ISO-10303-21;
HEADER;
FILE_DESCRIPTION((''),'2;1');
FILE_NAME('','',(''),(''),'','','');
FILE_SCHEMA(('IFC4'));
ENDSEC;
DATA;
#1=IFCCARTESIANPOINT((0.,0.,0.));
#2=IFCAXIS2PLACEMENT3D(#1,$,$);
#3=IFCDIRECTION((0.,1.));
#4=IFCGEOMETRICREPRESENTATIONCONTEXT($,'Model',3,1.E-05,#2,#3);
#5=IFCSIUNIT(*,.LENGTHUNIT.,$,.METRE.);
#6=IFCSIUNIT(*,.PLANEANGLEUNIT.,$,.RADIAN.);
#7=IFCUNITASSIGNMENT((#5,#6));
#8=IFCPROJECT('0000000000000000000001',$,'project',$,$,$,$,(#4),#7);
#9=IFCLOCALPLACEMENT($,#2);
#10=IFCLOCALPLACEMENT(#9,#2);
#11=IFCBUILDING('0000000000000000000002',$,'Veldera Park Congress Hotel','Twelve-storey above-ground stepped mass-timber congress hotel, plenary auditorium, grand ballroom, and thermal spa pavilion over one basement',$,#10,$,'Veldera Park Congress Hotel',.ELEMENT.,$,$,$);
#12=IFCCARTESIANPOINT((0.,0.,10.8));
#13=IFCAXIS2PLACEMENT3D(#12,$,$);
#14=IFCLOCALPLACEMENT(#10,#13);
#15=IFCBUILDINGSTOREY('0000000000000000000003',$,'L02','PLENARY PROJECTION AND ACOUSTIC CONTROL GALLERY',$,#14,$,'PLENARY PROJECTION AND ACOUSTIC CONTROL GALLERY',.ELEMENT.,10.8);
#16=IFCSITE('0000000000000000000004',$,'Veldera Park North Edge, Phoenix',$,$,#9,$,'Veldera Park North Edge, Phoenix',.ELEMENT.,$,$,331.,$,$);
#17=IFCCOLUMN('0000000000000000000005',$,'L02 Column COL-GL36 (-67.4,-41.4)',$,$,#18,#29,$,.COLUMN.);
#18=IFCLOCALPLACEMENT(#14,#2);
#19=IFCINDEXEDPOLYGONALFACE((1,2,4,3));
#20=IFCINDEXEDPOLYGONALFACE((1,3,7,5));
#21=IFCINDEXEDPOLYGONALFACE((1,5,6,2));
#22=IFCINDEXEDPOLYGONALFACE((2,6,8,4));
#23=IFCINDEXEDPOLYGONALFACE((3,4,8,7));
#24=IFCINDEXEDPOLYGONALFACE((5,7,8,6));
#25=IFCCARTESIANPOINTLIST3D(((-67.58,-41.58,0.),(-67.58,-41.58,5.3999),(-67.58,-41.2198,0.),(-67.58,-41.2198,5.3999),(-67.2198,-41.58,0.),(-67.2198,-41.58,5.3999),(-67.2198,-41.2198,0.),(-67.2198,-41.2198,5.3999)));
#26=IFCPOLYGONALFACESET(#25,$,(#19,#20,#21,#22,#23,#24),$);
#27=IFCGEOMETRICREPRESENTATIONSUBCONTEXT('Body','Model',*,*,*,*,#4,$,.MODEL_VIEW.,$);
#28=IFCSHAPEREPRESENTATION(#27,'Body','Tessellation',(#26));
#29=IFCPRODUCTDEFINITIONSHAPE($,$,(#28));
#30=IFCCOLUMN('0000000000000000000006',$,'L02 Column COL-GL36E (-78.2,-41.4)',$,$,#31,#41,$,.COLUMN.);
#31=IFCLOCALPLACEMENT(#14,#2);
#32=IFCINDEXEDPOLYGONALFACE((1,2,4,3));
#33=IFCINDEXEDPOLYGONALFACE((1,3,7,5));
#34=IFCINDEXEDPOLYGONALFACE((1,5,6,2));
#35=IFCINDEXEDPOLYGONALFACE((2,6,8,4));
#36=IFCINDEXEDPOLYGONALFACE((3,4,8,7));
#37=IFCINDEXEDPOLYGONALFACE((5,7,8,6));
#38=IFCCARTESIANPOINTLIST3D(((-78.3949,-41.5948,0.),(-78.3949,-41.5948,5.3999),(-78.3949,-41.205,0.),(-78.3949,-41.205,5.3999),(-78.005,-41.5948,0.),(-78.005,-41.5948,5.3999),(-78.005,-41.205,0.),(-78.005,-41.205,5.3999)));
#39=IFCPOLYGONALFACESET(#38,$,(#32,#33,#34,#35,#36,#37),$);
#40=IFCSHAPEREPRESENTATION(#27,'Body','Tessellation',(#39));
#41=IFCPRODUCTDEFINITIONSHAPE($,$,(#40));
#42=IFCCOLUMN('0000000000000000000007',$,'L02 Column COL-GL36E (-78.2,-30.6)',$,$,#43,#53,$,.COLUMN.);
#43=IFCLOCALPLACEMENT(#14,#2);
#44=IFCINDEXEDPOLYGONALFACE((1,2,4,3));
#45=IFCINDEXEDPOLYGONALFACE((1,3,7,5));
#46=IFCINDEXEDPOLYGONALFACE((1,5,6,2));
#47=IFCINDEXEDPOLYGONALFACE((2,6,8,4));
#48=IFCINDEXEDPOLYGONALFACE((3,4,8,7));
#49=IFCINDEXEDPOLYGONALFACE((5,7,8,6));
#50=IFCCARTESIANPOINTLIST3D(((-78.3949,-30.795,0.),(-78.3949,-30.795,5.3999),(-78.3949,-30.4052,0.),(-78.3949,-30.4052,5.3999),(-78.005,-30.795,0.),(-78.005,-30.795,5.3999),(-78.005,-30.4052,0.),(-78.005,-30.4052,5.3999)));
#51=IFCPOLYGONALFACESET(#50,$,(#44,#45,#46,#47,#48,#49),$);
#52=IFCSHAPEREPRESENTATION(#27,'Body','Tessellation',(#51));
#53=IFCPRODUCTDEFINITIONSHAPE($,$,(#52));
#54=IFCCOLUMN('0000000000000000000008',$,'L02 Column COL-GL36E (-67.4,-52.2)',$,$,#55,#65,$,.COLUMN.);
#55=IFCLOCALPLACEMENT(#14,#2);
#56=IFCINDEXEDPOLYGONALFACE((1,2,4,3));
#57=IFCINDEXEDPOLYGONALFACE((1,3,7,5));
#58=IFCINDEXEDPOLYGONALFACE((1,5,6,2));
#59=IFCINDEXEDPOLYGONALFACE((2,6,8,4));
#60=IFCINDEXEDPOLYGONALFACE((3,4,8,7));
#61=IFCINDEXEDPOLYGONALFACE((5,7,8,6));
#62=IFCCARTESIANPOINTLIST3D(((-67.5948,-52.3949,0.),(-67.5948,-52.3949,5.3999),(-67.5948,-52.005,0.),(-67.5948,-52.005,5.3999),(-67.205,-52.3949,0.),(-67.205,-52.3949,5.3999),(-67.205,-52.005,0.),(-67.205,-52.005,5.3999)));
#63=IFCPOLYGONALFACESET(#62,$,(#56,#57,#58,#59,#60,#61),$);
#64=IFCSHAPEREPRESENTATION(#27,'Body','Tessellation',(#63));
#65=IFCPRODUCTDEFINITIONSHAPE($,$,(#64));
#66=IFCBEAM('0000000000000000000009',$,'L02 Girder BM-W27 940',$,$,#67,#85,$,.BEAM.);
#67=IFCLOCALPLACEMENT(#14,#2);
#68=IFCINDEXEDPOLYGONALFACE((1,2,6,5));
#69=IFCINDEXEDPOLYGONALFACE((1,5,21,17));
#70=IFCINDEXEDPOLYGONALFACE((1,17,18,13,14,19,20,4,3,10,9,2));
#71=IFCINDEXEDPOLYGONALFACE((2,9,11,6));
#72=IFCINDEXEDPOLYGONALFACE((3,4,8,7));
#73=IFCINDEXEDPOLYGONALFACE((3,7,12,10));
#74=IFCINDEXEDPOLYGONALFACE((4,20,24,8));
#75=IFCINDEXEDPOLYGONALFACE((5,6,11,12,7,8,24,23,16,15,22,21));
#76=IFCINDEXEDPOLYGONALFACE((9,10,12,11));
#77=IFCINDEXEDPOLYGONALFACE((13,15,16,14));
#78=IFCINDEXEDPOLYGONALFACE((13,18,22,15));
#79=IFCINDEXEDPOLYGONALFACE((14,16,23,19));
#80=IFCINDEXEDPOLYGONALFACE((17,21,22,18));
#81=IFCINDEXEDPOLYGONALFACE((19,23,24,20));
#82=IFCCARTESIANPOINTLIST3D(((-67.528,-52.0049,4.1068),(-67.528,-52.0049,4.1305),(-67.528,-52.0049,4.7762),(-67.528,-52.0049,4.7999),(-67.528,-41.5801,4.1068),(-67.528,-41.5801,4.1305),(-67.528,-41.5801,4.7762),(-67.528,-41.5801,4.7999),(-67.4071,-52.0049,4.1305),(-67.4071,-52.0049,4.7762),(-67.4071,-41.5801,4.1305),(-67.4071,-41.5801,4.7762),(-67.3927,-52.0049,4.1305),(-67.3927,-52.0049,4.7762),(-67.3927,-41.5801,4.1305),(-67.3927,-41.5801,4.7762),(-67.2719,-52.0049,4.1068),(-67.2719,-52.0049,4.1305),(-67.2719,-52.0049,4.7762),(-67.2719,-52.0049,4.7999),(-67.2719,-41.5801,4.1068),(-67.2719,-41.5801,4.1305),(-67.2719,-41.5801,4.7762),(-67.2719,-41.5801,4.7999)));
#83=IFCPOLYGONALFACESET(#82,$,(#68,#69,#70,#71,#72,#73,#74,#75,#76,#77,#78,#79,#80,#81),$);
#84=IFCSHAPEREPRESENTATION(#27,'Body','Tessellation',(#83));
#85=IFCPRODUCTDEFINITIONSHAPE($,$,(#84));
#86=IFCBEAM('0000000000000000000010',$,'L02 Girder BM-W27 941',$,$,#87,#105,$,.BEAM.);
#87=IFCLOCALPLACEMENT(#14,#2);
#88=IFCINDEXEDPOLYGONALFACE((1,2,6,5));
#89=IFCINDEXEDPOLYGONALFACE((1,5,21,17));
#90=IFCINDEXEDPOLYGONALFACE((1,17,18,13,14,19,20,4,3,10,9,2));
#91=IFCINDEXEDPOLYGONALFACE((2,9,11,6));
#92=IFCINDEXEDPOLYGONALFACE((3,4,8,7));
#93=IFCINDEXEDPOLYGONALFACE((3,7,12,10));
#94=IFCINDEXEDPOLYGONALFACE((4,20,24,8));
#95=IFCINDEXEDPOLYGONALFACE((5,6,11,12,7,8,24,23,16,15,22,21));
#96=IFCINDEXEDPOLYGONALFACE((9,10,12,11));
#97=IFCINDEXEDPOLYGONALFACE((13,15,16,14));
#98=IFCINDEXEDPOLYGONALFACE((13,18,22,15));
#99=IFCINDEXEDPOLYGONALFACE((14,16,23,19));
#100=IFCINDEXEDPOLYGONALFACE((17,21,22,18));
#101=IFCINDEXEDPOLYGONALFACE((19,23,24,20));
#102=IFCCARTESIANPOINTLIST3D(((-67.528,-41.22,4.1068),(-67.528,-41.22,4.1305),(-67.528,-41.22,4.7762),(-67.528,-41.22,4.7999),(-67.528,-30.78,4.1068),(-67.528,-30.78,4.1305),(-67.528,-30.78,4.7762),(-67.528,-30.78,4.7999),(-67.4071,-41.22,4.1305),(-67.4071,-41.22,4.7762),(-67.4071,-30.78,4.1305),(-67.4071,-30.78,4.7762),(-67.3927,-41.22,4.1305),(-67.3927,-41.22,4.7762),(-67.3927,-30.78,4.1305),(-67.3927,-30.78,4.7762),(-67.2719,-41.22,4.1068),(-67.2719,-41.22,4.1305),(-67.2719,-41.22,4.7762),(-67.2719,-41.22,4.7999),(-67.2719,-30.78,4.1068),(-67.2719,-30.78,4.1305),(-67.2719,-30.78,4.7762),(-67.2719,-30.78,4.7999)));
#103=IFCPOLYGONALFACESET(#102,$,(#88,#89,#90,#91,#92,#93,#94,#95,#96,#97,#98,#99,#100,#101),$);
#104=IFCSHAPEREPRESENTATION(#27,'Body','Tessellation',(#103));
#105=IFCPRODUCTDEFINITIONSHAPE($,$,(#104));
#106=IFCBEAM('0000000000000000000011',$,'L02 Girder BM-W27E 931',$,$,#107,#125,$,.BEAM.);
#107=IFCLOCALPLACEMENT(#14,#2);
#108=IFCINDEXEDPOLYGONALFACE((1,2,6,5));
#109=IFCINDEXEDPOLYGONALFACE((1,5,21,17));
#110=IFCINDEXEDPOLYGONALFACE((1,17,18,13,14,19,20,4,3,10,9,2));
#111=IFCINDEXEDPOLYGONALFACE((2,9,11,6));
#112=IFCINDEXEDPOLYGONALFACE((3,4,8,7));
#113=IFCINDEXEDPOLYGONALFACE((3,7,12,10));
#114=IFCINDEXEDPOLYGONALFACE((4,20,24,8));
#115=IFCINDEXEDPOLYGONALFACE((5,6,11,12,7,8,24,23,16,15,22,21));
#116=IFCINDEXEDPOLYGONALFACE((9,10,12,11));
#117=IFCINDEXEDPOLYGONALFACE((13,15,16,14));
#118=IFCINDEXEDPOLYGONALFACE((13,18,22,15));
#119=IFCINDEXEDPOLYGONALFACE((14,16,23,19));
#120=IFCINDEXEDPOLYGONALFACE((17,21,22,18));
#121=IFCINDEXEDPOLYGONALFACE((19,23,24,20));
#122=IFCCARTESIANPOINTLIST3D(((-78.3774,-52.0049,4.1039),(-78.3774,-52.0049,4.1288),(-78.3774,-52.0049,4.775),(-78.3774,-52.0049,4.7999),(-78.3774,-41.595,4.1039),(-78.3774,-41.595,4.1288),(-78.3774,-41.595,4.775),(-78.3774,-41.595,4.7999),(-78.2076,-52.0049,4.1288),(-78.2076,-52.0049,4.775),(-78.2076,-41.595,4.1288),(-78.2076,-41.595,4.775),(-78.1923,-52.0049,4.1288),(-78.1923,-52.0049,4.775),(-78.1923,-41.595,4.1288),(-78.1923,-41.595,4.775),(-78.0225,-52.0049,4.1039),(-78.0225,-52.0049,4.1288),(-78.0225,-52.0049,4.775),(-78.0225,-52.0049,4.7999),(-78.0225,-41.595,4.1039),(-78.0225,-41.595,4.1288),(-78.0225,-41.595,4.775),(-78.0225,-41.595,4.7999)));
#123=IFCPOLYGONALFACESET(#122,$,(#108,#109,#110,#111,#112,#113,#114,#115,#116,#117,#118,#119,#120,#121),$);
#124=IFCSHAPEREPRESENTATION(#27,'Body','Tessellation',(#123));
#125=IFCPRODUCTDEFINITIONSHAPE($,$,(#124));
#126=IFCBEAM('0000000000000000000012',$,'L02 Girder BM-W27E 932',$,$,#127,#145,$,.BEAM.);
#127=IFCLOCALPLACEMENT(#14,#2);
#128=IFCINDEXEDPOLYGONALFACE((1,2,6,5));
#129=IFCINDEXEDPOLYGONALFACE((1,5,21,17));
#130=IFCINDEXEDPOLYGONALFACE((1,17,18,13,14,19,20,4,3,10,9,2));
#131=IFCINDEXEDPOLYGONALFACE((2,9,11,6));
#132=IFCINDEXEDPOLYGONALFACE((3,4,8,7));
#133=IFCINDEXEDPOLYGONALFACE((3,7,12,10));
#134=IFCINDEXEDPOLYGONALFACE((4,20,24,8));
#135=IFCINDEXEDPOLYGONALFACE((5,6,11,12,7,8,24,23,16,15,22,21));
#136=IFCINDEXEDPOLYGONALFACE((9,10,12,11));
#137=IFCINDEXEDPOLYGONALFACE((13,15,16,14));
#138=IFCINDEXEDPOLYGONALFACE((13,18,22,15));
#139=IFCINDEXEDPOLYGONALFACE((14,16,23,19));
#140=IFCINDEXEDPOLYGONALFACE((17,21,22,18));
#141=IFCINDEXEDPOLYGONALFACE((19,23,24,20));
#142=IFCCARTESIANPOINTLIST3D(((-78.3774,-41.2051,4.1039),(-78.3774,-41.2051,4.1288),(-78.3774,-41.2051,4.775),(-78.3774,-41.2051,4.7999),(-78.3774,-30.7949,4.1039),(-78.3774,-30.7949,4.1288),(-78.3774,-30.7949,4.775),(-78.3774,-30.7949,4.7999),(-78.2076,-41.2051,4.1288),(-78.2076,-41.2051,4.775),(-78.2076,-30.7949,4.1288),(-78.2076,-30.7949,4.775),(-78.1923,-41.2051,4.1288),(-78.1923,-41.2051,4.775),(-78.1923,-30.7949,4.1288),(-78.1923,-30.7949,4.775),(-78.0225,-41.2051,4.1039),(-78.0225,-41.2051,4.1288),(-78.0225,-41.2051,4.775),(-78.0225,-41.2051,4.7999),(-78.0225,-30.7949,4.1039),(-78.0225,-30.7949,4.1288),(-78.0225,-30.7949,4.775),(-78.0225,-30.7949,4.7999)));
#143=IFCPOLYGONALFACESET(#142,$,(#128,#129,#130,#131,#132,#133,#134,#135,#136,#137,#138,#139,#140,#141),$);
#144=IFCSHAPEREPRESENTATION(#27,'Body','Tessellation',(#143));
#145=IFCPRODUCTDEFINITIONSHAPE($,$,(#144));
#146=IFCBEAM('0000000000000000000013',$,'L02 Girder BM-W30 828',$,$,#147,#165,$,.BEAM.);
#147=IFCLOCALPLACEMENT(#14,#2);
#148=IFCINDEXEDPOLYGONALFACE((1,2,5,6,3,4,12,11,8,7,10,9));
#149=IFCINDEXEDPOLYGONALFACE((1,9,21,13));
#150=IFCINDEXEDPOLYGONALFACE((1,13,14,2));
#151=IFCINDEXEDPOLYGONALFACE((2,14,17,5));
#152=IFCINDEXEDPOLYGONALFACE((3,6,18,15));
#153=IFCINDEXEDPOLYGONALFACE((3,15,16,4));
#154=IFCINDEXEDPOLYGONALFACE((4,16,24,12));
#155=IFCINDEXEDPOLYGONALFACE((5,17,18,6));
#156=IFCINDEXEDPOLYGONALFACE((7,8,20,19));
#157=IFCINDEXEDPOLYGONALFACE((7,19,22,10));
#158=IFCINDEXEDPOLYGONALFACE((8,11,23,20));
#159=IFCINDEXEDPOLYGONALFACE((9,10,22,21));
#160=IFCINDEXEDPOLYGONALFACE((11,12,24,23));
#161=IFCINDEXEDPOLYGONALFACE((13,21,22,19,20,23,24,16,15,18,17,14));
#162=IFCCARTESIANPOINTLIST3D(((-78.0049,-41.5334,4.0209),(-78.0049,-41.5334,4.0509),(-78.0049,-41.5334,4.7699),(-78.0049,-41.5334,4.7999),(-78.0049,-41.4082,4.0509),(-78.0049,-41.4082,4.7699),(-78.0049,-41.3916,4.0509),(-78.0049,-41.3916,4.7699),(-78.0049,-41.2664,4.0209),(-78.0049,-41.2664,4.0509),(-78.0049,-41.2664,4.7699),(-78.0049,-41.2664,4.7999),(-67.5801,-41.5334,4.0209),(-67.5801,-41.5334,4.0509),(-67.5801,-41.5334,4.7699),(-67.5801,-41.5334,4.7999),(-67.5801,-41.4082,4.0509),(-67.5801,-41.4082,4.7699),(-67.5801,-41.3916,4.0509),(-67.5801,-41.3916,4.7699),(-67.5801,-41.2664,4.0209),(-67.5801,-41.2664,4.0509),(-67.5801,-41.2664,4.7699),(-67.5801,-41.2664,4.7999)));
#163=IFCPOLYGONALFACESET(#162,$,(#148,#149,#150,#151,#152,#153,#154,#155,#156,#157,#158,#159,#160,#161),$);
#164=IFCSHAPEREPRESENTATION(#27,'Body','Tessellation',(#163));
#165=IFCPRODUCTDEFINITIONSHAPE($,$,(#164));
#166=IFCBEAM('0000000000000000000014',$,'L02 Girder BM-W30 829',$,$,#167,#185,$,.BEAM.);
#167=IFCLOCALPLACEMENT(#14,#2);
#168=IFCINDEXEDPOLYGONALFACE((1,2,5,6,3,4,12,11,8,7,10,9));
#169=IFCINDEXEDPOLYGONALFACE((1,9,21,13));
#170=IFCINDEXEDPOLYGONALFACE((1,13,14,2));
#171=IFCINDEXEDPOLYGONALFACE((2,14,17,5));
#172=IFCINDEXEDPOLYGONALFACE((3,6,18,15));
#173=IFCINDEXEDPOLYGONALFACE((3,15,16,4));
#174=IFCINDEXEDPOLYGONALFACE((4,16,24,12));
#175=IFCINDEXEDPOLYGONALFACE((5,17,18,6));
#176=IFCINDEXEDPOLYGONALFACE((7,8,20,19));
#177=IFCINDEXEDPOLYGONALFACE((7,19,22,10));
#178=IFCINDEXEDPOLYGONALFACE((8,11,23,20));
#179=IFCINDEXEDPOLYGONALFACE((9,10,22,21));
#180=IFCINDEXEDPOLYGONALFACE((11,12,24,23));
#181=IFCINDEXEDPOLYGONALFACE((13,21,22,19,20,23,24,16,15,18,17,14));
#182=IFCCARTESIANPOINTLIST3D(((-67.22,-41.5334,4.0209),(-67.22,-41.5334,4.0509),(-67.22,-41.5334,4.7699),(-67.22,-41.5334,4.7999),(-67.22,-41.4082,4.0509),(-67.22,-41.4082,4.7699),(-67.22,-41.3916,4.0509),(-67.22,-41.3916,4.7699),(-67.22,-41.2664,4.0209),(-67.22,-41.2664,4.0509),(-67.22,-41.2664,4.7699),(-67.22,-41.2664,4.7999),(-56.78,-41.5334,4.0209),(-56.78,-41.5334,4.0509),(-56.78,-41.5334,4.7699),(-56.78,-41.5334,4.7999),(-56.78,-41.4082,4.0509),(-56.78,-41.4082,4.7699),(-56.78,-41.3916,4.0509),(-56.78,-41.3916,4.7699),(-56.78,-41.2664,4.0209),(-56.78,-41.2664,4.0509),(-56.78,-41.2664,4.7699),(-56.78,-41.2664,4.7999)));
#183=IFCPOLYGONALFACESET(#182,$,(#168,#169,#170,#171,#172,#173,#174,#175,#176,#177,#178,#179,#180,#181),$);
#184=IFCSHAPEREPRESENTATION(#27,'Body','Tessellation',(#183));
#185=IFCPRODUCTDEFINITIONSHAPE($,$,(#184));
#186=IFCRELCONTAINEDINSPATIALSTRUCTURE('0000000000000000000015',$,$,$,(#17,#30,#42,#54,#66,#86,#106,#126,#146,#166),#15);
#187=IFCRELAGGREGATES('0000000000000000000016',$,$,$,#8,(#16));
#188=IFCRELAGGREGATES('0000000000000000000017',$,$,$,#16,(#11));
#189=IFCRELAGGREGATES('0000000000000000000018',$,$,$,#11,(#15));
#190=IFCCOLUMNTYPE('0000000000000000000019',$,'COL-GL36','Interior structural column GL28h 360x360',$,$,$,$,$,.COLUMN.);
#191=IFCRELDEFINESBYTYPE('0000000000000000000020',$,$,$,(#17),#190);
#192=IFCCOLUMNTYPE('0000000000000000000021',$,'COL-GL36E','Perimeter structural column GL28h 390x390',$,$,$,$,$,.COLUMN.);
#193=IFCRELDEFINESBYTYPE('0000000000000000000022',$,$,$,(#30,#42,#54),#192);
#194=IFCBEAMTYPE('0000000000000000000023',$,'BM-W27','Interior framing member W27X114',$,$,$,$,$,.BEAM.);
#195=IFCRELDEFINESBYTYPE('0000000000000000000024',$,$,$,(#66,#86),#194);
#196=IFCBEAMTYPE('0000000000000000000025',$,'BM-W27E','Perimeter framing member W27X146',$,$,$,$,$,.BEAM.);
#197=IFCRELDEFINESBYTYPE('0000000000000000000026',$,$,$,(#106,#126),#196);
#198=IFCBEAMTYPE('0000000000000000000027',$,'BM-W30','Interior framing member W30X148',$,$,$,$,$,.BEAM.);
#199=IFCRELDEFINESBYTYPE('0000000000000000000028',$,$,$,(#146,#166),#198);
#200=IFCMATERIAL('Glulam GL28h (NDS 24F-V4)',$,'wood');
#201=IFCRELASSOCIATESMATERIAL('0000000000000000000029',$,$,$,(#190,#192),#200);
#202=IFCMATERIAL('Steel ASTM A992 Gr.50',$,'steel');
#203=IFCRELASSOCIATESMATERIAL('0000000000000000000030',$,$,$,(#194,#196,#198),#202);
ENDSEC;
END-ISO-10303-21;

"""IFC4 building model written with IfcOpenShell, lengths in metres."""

from ifc_helpers import new_model, si_unit, direction, frame, origin, origin_2d, place, context, subcontext, project, spatial, rectangle, i_section, extrude, material, material_profile, profile_set, type_object, element, save


model = new_model("IFC4")

# Units and contexts
model_context = context("Model", 3, precision=1e-05, world=origin(), true_north=direction((0.0, 1.0)))
body_context = subcontext(model_context, "Body", "Model", "MODEL_VIEW")
ifc_project = project(units=[si_unit("LENGTHUNIT", "METRE"), si_unit("PLANEANGLEUNIT", "RADIAN")], contexts=[model_context])

# Site, building, storey
site_placement = place(None, origin())
site = spatial("IfcSite", under=ifc_project, at=site_placement, Name="Veldera Park North Edge, Phoenix", LongName="Veldera Park North Edge, Phoenix", CompositionType="ELEMENT", RefElevation=331.0)
building_placement = place(site_placement, origin())
building = spatial("IfcBuilding", under=site, at=building_placement, Name="Veldera Park Congress Hotel", Description="Twelve-storey above-ground stepped mass-timber congress hotel, plenary auditorium, grand ballroom, and thermal spa pavilion over one basement", LongName="Veldera Park Congress Hotel", CompositionType="ELEMENT")
storey_placement = place(building_placement, frame((0.0, 0.0, 10.8)))
storey = spatial("IfcBuildingStorey", under=building, at=storey_placement, Name="L02", Description="PLENARY PROJECTION AND ACOUSTIC CONTROL GALLERY", LongName="PLENARY PROJECTION AND ACOUSTIC CONTROL GALLERY", CompositionType="ELEMENT", Elevation=10.8)

# Columns
ifc_material_1 = material(Name="Glulam GL28h (NDS 24F-V4)", Category="wood")
ifc_material_profile_1 = material_profile(ifc_material_1, rectangle(XDim=0.3601, YDim=0.3601, at=origin_2d()), Name="GL28h 360x360")
ifc_profile_set_1 = profile_set([ifc_material_profile_1], Name="Glulam GL28h (NDS 24F-V4)")
column_type_1 = type_object("IfcColumnType", Name="COL-GL36", Description="Interior structural column GL28h 360x360", PredefinedType="COLUMN", material=ifc_profile_set_1)
column_placement = place(storey_placement, frame((-67.3999, -41.3999, 0.0), z_axis=(0.0, 0.0, 1.0), x_axis=(1.0, 0.0, 0.0)))
element("IfcColumn", 1, at=column_placement, inside=storey, type_object=column_type_1, Name="L02 Column COL-GL36 (-67.4,-41.4)", PredefinedType="COLUMN", context=body_context, shape_type="SweptSolid", body=[
    extrude(rectangle(XDim=0.3601, YDim=0.3601, at=origin_2d()), origin(), (0.0, 0.0, 1.0), 5.3999),
])
ifc_material_profile_2 = material_profile(ifc_material_1, rectangle(XDim=0.3899, YDim=0.3899, at=origin_2d()), Name="GL28h 390x390")
ifc_profile_set_2 = profile_set([ifc_material_profile_2], Name="Glulam GL28h (NDS 24F-V4)")
column_type_2 = type_object("IfcColumnType", Name="COL-GL36E", Description="Perimeter structural column GL28h 390x390", PredefinedType="COLUMN", material=ifc_profile_set_2)
for number, where, z_axis, x_axis, name in (
    (2, (-78.2, -41.3999, 0.0), (0.0, 0.0, 1.0), (1.0, 0.0, 0.0), "L02 Column COL-GL36E (-78.2,-41.4)"),
    (3, (-78.2, -30.6001, 0.0), (0.0, 0.0, 1.0), (1.0, 0.0, 0.0), "L02 Column COL-GL36E (-78.2,-30.6)"),
    (4, (-67.3999, -52.2, 0.0), (0.0, 0.0, 1.0), (1.0, 0.0, 0.0), "L02 Column COL-GL36E (-67.4,-52.2)"),
):
    element("IfcColumn", number, at=place(storey_placement, frame(where, z_axis=z_axis, x_axis=x_axis)), inside=storey, type_object=column_type_2, Name=name, PredefinedType="COLUMN", context=body_context, shape_type="SweptSolid", body=[
        extrude(rectangle(XDim=0.3899, YDim=0.3899, at=origin_2d()), origin(), (0.0, 0.0, 1.0), 5.3999),
    ])

# Beams
ifc_material_2 = material(Name="Steel ASTM A992 Gr.50", Category="steel")
ifc_material_profile_3 = material_profile(ifc_material_2, i_section(OverallWidth=0.2561, OverallDepth=0.6931, WebThickness=0.0144, FlangeThickness=0.0237, at=origin_2d()), Name="W27X114")
ifc_profile_set_3 = profile_set([ifc_material_profile_3], Name="Steel ASTM A992 Gr.50")
beam_type_1 = type_object("IfcBeamType", Name="BM-W27", Description="Interior framing member W27X114", PredefinedType="BEAM", material=ifc_profile_set_3)
beam_1_placement = place(storey_placement, frame((-67.3999, -52.0049, 4.4534), z_axis=(0.0, 1.0, 0.0), x_axis=(-1.0, 0.0, 0.0)))
element("IfcBeam", 5, at=beam_1_placement, inside=storey, type_object=beam_type_1, Name="L02 Girder BM-W27 940", PredefinedType="BEAM", context=body_context, shape_type="SweptSolid", body=[
    extrude(i_section(OverallWidth=0.2561, OverallDepth=0.6931, WebThickness=0.0144, FlangeThickness=0.0237, at=origin_2d()), origin(), (0.0, 0.0, 1.0), 10.4248),
])
beam_2_placement = place(storey_placement, frame((-67.3999, -41.22, 4.4534), z_axis=(0.0, 1.0, 0.0), x_axis=(-1.0, 0.0, 0.0)))
element("IfcBeam", 6, at=beam_2_placement, inside=storey, type_object=beam_type_1, Name="L02 Girder BM-W27 941", PredefinedType="BEAM", context=body_context, shape_type="SweptSolid", body=[
    extrude(i_section(OverallWidth=0.2561, OverallDepth=0.6931, WebThickness=0.0144, FlangeThickness=0.0237, at=origin_2d()), origin(), (0.0, 0.0, 1.0), 10.4399),
])
ifc_material_profile_4 = material_profile(ifc_material_2, i_section(OverallWidth=0.355, OverallDepth=0.696, WebThickness=0.0154, FlangeThickness=0.0249, at=origin_2d()), Name="W27X146")
ifc_profile_set_4 = profile_set([ifc_material_profile_4], Name="Steel ASTM A992 Gr.50")
beam_type_2 = type_object("IfcBeamType", Name="BM-W27E", Description="Perimeter framing member W27X146", PredefinedType="BEAM", material=ifc_profile_set_4)
beam_3_placement = place(storey_placement, frame((-78.2, -52.0049, 4.4519), z_axis=(0.0, 1.0, 0.0), x_axis=(-1.0, 0.0, 0.0)))
element("IfcBeam", 7, at=beam_3_placement, inside=storey, type_object=beam_type_2, Name="L02 Girder BM-W27E 931", PredefinedType="BEAM", context=body_context, shape_type="SweptSolid", body=[
    extrude(i_section(OverallWidth=0.355, OverallDepth=0.696, WebThickness=0.0154, FlangeThickness=0.0249, at=origin_2d()), origin(), (0.0, 0.0, 1.0), 10.4099),
])
beam_4_placement = place(storey_placement, frame((-78.2, -41.2051, 4.4519), z_axis=(0.0, 1.0, 0.0), x_axis=(-1.0, 0.0, 0.0)))
element("IfcBeam", 8, at=beam_4_placement, inside=storey, type_object=beam_type_2, Name="L02 Girder BM-W27E 932", PredefinedType="BEAM", context=body_context, shape_type="SweptSolid", body=[
    extrude(i_section(OverallWidth=0.355, OverallDepth=0.696, WebThickness=0.0154, FlangeThickness=0.0249, at=origin_2d()), origin(), (0.0, 0.0, 1.0), 10.4102),
])
ifc_material_profile_5 = material_profile(ifc_material_2, i_section(OverallWidth=0.2671, OverallDepth=0.7791, WebThickness=0.0166, FlangeThickness=0.03, at=origin_2d()), Name="W30X148")
ifc_profile_set_5 = profile_set([ifc_material_profile_5], Name="Steel ASTM A992 Gr.50")
beam_type_3 = type_object("IfcBeamType", Name="BM-W30", Description="Interior framing member W30X148", PredefinedType="BEAM", material=ifc_profile_set_5)
beam_5_placement = place(storey_placement, frame((-78.0049, -41.3999, 4.4104), z_axis=(1.0, 0.0, 0.0), x_axis=(0.0, 1.0, 0.0)))
element("IfcBeam", 9, at=beam_5_placement, inside=storey, type_object=beam_type_3, Name="L02 Girder BM-W30 828", PredefinedType="BEAM", context=body_context, shape_type="SweptSolid", body=[
    extrude(i_section(OverallWidth=0.2671, OverallDepth=0.7791, WebThickness=0.0166, FlangeThickness=0.03, at=origin_2d()), origin(), (0.0, 0.0, 1.0), 10.4248),
])
beam_6_placement = place(storey_placement, frame((-67.22, -41.3999, 4.4104), z_axis=(1.0, 0.0, 0.0), x_axis=(0.0, 1.0, 0.0)))
element("IfcBeam", 10, at=beam_6_placement, inside=storey, type_object=beam_type_3, Name="L02 Girder BM-W30 829", PredefinedType="BEAM", context=body_context, shape_type="SweptSolid", body=[
    extrude(i_section(OverallWidth=0.2671, OverallDepth=0.7791, WebThickness=0.0166, FlangeThickness=0.03, at=origin_2d()), origin(), (0.0, 0.0, 1.0), 10.4399),
])

save(model, "model.ifc")
